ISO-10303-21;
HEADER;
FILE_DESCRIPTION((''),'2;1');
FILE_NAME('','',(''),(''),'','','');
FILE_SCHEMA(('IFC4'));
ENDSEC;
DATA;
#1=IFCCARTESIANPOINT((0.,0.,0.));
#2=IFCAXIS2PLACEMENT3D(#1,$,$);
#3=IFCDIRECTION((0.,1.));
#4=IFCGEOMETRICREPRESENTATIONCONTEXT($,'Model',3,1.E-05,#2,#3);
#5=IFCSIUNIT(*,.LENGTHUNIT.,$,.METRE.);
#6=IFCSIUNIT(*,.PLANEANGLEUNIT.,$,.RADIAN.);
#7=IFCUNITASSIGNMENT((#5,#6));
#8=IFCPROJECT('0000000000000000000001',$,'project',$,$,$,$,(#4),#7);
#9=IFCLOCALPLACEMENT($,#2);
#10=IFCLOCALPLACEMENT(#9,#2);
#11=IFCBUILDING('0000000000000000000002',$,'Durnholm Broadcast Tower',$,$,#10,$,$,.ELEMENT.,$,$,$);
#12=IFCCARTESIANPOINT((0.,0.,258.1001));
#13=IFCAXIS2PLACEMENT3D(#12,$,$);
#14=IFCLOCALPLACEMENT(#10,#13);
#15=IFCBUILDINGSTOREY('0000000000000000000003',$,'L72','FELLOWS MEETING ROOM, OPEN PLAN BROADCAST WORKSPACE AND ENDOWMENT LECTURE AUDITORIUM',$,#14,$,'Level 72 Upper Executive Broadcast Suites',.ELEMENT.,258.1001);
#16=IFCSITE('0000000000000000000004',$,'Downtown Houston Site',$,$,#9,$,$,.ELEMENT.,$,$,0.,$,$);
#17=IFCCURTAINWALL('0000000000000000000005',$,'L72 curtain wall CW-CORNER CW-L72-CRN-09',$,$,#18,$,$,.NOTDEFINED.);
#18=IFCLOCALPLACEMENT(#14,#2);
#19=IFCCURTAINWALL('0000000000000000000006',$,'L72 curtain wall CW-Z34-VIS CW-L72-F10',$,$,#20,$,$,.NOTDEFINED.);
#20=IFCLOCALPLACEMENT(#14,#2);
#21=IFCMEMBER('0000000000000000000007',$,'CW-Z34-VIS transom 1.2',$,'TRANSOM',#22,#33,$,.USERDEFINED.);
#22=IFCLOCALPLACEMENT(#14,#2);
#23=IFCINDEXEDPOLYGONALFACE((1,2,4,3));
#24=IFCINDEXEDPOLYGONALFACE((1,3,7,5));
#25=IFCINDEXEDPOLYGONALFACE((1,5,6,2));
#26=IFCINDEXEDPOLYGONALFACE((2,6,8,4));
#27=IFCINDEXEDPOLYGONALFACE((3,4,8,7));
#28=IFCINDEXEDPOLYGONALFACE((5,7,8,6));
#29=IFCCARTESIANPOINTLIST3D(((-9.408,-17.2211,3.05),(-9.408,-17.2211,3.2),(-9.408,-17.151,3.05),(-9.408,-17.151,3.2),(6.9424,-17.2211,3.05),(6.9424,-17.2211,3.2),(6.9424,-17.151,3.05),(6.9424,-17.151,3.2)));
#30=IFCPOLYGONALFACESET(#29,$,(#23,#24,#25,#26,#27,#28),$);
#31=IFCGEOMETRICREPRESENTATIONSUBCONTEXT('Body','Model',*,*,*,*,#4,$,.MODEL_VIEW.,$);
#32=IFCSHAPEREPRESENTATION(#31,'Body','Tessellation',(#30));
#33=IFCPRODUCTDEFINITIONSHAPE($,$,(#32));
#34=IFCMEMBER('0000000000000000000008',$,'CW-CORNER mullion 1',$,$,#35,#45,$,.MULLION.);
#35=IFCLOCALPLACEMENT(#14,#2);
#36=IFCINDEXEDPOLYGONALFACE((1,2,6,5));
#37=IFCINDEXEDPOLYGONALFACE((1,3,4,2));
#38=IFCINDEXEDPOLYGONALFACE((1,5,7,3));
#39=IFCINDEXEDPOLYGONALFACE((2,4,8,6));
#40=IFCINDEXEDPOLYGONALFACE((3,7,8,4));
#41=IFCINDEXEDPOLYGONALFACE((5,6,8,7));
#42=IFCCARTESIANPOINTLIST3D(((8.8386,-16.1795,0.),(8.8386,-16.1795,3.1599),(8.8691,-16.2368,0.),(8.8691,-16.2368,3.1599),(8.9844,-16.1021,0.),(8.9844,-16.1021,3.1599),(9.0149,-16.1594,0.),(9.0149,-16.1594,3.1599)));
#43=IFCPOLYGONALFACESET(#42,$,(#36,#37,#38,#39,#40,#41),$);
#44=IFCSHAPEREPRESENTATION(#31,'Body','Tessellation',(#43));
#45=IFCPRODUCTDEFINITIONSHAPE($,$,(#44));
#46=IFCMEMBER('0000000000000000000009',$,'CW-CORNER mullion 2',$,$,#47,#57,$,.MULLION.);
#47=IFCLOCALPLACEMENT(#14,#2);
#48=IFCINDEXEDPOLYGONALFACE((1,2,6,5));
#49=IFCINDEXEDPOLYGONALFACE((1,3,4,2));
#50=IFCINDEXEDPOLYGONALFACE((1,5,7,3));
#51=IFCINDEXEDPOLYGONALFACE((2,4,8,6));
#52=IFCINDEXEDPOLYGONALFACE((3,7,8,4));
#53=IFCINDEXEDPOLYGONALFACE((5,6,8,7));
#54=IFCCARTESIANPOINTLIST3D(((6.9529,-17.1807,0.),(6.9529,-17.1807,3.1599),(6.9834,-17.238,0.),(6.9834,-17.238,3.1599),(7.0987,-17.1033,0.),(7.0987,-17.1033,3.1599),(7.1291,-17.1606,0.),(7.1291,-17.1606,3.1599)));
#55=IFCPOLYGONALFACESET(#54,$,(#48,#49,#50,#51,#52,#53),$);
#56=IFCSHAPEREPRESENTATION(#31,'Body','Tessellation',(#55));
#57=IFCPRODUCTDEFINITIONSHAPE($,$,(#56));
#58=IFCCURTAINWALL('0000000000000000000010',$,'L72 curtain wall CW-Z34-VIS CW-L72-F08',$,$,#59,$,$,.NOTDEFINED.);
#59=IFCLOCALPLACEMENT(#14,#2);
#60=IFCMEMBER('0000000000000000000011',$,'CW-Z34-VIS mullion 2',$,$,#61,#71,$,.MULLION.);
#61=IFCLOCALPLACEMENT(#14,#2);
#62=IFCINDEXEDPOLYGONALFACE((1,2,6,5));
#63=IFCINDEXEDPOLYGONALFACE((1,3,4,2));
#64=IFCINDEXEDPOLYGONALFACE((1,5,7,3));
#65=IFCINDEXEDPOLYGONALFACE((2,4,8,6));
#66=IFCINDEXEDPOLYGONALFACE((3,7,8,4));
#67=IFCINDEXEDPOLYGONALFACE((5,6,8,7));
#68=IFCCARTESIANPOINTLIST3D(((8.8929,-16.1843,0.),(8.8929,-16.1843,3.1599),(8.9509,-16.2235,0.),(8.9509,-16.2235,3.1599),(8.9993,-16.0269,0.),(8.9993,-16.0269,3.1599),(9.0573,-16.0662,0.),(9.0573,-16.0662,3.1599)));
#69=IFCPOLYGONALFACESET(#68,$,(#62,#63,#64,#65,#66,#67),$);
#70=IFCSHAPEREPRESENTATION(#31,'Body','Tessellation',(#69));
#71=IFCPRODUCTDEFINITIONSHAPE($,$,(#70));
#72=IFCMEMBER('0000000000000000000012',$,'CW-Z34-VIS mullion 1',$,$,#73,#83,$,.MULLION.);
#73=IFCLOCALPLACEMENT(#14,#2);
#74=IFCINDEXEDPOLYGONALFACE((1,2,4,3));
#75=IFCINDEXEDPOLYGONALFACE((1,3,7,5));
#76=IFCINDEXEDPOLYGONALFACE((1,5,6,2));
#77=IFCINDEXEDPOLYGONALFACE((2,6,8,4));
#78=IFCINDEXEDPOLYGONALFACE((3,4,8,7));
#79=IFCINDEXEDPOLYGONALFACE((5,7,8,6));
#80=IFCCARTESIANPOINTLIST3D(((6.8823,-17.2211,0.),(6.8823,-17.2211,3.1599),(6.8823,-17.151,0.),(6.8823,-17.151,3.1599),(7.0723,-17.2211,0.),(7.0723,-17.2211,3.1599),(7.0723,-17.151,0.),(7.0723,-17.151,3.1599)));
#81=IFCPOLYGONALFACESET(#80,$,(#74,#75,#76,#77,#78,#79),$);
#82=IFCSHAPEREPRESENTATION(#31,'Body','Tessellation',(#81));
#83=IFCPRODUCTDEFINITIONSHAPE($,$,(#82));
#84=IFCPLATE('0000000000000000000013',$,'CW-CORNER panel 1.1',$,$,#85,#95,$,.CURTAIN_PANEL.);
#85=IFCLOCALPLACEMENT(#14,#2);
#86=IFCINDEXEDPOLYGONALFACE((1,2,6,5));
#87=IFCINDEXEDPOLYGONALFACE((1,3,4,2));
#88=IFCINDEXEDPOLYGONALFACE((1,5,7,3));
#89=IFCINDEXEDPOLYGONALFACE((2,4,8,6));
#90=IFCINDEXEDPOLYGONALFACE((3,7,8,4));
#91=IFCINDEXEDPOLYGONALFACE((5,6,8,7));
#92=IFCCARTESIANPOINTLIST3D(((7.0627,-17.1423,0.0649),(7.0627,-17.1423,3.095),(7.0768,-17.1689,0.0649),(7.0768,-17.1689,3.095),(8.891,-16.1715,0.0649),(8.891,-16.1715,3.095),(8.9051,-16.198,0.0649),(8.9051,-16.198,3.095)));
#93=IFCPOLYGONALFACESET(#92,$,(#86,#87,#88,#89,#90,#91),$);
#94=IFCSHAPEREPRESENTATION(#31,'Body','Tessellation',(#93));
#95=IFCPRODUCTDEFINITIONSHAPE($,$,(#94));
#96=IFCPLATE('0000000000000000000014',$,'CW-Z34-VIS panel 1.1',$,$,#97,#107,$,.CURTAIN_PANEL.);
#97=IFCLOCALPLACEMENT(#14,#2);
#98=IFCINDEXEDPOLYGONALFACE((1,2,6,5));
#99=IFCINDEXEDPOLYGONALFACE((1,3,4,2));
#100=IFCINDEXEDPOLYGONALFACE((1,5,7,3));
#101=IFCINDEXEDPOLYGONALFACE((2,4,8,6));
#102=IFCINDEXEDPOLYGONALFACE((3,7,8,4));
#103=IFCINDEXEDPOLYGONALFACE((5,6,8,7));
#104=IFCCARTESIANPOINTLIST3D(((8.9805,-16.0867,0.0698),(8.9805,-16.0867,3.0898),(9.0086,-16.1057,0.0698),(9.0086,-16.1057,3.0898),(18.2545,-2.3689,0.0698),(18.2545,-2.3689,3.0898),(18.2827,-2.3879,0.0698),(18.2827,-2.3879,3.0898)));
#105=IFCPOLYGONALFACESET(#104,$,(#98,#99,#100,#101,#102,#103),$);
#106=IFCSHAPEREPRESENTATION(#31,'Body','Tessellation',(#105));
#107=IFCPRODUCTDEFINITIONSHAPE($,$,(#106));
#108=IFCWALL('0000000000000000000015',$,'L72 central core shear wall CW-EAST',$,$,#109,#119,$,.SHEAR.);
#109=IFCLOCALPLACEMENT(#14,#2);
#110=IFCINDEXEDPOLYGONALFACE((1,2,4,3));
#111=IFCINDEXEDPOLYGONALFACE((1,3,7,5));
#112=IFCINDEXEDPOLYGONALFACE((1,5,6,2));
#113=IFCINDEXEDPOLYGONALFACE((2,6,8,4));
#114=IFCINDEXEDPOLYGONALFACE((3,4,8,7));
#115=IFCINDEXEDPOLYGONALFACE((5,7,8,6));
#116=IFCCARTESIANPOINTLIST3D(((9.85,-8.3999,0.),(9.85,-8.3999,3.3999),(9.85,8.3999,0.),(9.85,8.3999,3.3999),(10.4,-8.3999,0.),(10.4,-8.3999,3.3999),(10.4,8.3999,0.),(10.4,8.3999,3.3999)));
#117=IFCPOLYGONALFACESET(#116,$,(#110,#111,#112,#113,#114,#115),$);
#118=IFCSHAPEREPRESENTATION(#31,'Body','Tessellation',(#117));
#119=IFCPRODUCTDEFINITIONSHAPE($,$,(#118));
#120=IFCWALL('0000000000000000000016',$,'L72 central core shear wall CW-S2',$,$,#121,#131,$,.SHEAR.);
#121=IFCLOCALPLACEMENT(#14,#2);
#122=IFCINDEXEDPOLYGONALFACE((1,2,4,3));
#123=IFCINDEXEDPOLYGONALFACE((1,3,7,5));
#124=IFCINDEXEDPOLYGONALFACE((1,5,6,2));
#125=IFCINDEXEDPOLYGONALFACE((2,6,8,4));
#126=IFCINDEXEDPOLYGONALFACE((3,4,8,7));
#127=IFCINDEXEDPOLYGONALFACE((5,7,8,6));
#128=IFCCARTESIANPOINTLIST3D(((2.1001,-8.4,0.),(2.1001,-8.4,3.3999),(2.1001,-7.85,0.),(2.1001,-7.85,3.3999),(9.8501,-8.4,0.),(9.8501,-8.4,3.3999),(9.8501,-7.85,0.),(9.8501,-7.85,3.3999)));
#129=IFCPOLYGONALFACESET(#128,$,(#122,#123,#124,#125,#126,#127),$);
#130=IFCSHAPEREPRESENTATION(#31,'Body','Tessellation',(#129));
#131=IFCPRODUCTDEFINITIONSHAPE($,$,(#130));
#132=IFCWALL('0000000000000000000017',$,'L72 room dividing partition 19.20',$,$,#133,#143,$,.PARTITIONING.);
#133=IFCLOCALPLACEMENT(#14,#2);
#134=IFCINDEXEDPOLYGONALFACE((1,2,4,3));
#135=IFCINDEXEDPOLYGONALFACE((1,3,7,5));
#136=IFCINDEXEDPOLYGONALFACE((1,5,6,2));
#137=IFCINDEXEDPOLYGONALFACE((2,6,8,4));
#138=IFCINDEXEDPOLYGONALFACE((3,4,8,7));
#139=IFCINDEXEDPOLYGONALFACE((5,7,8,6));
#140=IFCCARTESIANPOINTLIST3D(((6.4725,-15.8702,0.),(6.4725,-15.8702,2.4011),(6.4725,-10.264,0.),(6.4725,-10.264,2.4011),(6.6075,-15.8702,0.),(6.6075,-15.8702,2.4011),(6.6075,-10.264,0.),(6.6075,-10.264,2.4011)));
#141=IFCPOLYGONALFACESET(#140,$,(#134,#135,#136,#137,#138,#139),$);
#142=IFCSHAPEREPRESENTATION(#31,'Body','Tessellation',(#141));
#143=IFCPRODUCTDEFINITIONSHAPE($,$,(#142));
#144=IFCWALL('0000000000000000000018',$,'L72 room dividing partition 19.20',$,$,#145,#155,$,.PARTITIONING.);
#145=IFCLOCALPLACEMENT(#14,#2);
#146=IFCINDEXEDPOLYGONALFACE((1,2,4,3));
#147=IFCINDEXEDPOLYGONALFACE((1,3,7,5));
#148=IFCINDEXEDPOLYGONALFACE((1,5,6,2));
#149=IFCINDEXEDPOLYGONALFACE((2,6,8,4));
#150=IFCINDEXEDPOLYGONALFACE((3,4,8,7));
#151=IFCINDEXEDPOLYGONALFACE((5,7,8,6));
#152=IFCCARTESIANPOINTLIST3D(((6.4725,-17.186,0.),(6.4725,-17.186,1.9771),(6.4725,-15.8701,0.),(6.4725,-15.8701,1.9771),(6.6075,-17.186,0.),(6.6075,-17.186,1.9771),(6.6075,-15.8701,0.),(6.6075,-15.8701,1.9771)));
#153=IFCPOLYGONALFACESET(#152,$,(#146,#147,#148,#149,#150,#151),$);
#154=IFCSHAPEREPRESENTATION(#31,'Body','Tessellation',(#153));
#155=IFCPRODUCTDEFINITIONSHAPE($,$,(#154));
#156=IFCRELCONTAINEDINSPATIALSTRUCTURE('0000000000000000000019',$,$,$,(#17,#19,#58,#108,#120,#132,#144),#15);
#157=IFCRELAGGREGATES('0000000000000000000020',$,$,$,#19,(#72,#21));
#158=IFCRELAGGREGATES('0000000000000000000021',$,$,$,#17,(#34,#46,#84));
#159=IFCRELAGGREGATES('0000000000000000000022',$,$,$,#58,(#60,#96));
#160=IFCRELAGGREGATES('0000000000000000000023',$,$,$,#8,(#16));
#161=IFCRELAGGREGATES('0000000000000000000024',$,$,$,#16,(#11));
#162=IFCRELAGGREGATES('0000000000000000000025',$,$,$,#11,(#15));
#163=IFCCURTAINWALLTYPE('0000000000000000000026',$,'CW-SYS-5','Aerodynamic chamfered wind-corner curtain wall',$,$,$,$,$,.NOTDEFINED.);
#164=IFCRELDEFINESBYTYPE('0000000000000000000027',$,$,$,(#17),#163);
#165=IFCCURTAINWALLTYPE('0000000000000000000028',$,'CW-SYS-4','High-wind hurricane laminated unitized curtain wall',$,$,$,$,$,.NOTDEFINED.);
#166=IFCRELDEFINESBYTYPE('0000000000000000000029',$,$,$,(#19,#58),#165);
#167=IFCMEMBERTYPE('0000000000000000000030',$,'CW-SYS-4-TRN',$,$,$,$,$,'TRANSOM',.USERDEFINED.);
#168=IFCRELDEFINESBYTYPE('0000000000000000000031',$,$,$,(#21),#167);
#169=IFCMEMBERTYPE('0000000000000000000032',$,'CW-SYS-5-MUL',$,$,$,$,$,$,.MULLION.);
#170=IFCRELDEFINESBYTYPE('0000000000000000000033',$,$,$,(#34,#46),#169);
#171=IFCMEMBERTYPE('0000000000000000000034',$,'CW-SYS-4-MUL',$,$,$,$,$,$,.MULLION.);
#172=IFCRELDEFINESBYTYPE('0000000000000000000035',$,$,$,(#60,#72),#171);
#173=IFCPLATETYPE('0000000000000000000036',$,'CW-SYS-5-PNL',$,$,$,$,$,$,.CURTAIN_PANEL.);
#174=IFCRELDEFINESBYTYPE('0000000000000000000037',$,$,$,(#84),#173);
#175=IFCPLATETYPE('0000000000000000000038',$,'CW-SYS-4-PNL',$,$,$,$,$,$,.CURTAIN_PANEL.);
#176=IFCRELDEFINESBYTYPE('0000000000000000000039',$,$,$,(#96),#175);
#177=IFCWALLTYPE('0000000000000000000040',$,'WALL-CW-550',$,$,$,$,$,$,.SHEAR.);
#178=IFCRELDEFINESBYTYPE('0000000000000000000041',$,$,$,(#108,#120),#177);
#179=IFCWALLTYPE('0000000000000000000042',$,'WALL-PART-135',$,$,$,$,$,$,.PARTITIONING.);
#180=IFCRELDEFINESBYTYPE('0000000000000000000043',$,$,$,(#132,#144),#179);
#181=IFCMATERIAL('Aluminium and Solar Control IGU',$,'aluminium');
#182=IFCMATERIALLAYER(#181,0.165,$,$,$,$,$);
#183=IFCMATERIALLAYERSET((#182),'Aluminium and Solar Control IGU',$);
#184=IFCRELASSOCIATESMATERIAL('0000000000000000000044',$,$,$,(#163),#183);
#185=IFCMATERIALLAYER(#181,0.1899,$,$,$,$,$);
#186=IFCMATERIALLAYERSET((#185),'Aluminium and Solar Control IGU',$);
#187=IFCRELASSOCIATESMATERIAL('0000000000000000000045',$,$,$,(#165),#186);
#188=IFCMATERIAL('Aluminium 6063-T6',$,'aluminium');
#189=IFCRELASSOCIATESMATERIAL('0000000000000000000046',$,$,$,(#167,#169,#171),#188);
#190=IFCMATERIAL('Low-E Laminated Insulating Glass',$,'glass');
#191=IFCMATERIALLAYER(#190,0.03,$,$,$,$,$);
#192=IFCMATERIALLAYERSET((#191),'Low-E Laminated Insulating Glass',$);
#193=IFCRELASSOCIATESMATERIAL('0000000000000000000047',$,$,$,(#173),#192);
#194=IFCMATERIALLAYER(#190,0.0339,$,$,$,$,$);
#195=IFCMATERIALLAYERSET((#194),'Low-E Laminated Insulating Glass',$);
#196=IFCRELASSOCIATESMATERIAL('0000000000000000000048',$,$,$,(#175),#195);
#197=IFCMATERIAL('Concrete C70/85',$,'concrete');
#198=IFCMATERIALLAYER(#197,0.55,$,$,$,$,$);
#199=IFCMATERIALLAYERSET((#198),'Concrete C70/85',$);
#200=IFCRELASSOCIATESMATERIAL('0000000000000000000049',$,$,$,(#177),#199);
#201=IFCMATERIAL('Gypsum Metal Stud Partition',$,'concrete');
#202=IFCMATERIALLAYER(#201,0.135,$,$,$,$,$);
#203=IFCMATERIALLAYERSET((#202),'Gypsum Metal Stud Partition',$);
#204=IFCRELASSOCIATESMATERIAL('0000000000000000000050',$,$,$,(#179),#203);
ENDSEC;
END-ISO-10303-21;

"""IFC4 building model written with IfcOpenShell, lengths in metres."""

from ifc_helpers import new_model, si_unit, direction, frame, frame_2d, origin, origin_2d, place, context, subcontext, project, spatial, rectangle, extrude, source, transform, mapped, material, layer, layer_set, material_profile, profile_set, type_object, type_shapes, element, aggregate, save


model = new_model("IFC4")

# Units and contexts
model_context = context("Model", 3, precision=1e-05, world=origin(), true_north=direction((0.0, 1.0)))
body_context = subcontext(model_context, "Body", "Model", "MODEL_VIEW")
ifc_project = project(units=[si_unit("LENGTHUNIT", "METRE"), si_unit("PLANEANGLEUNIT", "RADIAN")], contexts=[model_context])

# Site, building, storey
site_placement = place(None, origin())
site = spatial("IfcSite", under=ifc_project, at=site_placement, Name="Downtown Houston Site", CompositionType="ELEMENT", RefElevation=0.0)
building_placement = place(site_placement, origin())
building = spatial("IfcBuilding", under=site, at=building_placement, Name="Durnholm Broadcast Tower", CompositionType="ELEMENT")
storey_placement = place(building_placement, frame((0.0, 0.0, 258.1001)))
storey = spatial("IfcBuildingStorey", under=building, at=storey_placement, Name="L72", Description="FELLOWS MEETING ROOM, OPEN PLAN BROADCAST WORKSPACE AND ENDOWMENT LECTURE AUDITORIUM", LongName="Level 72 Upper Executive Broadcast Suites", CompositionType="ELEMENT", Elevation=258.1001)

# Shared definitions
ifc_material_1 = material(Name="Concrete C70/85", Category="concrete")

# Curtain walls, member
ifc_material_2 = material(Name="Aluminium and Solar Control IGU", Category="aluminium")
ifc_layer_1 = layer(ifc_material_2, 0.165)
ifc_layer_set_1 = layer_set([ifc_layer_1], Name="Aluminium and Solar Control IGU")
curtain_wall_type_1 = type_object("IfcCurtainWallType", Name="CW-SYS-5", Description="Aerodynamic chamfered wind-corner curtain wall", PredefinedType="NOTDEFINED", material=ifc_layer_set_1)
curtain_wall_1_placement = place(storey_placement, origin())
curtain_wall_1 = element("IfcCurtainWall", 1, at=curtain_wall_1_placement, inside=storey, type_object=curtain_wall_type_1, Name="L72 curtain wall CW-CORNER CW-L72-CRN-09", PredefinedType="NOTDEFINED")
ifc_material_3 = material(Name="Aluminium 6063-T6", Category="aluminium")
ifc_layer_2 = layer(ifc_material_2, 0.1899)
ifc_layer_set_2 = layer_set([ifc_layer_2], Name="Aluminium and Solar Control IGU")
curtain_wall_type_2 = type_object("IfcCurtainWallType", Name="CW-SYS-4", Description="High-wind hurricane laminated unitized curtain wall", PredefinedType="NOTDEFINED", material=ifc_layer_set_2)
curtain_wall_2_placement = place(storey_placement, origin())
curtain_wall_2 = element("IfcCurtainWall", 2, at=curtain_wall_2_placement, inside=storey, type_object=curtain_wall_type_2, Name="L72 curtain wall CW-Z34-VIS CW-L72-F10", PredefinedType="NOTDEFINED")
ifc_material_profile_1 = material_profile(ifc_material_3, rectangle(XDim=0.0701, YDim=0.1499, at=origin_2d()), Name="CWT70X150")
ifc_profile_set_1 = profile_set([ifc_material_profile_1], Name="Aluminium 6063-T6")
member_type_1 = type_object("IfcMemberType", Name="CW-SYS-4-TRN", ElementType="TRANSOM", PredefinedType="USERDEFINED", material=ifc_profile_set_1)
shared_shape_1 = source(origin(), body_context, "Body", "SweptSolid", [
    extrude(rectangle(XDim=0.0701, YDim=0.1499, at=origin_2d()), origin(), (0.0, 0.0, 1.0), 16.3503),
])
type_shapes(member_type_1, [shared_shape_1])
member_1_placement = place(storey_placement, frame((6.9424, -17.186, 3.125), z_axis=(-1.0, 0.0, 0.0), x_axis=(0.0, -1.0, 0.0)))
member_1 = element("IfcMember", 3, at=member_1_placement, type_object=member_type_1, Name="CW-Z34-VIS transom 1.2", ObjectType="TRANSOM", PredefinedType="USERDEFINED", context=body_context, shape_type="MappedRepresentation", body=[
    mapped(shared_shape_1, transform((0.0, 0.0, 0.0), x_axis=(1.0, 0.0, 0.0), y_axis=(0.0, 1.0, 0.0), z_axis=(0.0, 0.0, 1.0), scale=1.0)),
])

# Members
ifc_material_profile_2 = material_profile(ifc_material_3, rectangle(XDim=0.0649, YDim=0.165, at=origin_2d()), Name="CWM65X165")
ifc_profile_set_2 = profile_set([ifc_material_profile_2], Name="Aluminium 6063-T6")
member_type_2 = type_object("IfcMemberType", Name="CW-SYS-5-MUL", PredefinedType="MULLION", material=ifc_profile_set_2)
shared_shape_2 = source(origin(), body_context, "Body", "SweptSolid", [
    extrude(rectangle(XDim=0.0649, YDim=0.165, at=origin_2d()), origin(), (0.0, 0.0, 1.0), 3.1599),
])
type_shapes(member_type_2, [shared_shape_2])
member_2_placement = place(storey_placement, frame((8.9268, -16.1694, 0.0), z_axis=(0.0, 0.0, 1.0), x_axis=(0.469007, -0.883195, 0.0)))
member_2 = element("IfcMember", 4, at=member_2_placement, type_object=member_type_2, Name="CW-CORNER mullion 1", PredefinedType="MULLION", context=body_context, shape_type="MappedRepresentation", body=[
    mapped(shared_shape_2, transform((0.0, 0.0, 0.0), x_axis=(1.0, 0.0, 0.0), y_axis=(0.0, 1.0, 0.0), z_axis=(0.0, 0.0, 1.0), scale=1.0)),
])
member_3_placement = place(storey_placement, frame((7.041, -17.1707, 0.0), z_axis=(0.0, 0.0, 1.0), x_axis=(0.469007, -0.883195, 0.0)))
member_3 = element("IfcMember", 5, at=member_3_placement, type_object=member_type_2, Name="CW-CORNER mullion 2", PredefinedType="MULLION", context=body_context, shape_type="MappedRepresentation", body=[
    mapped(shared_shape_2, transform((0.0, 0.0, 0.0), x_axis=(1.0, 0.0, 0.0), y_axis=(0.0, 1.0, 0.0), z_axis=(0.0, 0.0, 1.0), scale=1.0)),
])

# Curtain wall, member
curtain_wall_3_placement = place(storey_placement, origin())
curtain_wall_3 = element("IfcCurtainWall", 6, at=curtain_wall_3_placement, inside=storey, type_object=curtain_wall_type_2, Name="L72 curtain wall CW-Z34-VIS CW-L72-F08", PredefinedType="NOTDEFINED")
ifc_material_profile_3 = material_profile(ifc_material_3, rectangle(XDim=0.0701, YDim=0.1899, at=origin_2d()), Name="CWM70X190")
ifc_profile_set_3 = profile_set([ifc_material_profile_3], Name="Aluminium 6063-T6")
member_type_3 = type_object("IfcMemberType", Name="CW-SYS-4-MUL", PredefinedType="MULLION", material=ifc_profile_set_3)
shared_shape_3 = source(origin(), body_context, "Body", "SweptSolid", [
    extrude(rectangle(XDim=0.0701, YDim=0.1899, at=origin_2d()), origin(), (0.0, 0.0, 1.0), 3.1599),
])
type_shapes(member_type_3, [shared_shape_3])
member_4_placement = place(storey_placement, frame((8.9751, -16.1252, 0.0), z_axis=(0.0, 0.0, 1.0), x_axis=(0.828443, -0.560073, 0.0)))
member_4 = element("IfcMember", 7, at=member_4_placement, type_object=member_type_3, Name="CW-Z34-VIS mullion 2", PredefinedType="MULLION", context=body_context, shape_type="MappedRepresentation", body=[
    mapped(shared_shape_3, transform((0.0, 0.0, 0.0), x_axis=(1.0, 0.0, 0.0), y_axis=(0.0, 1.0, 0.0), z_axis=(0.0, 0.0, 1.0), scale=1.0)),
])

# Member
member_5_placement = place(storey_placement, frame((6.9773, -17.186, 0.0), z_axis=(0.0, 0.0, 1.0), x_axis=(0.0, -1.0, 0.0)))
member_5 = element("IfcMember", 8, at=member_5_placement, type_object=member_type_3, Name="CW-Z34-VIS mullion 1", PredefinedType="MULLION", context=body_context, shape_type="MappedRepresentation", body=[
    mapped(shared_shape_3, transform((0.0, 0.0, 0.0), x_axis=(1.0, 0.0, 0.0), y_axis=(0.0, 1.0, 0.0), z_axis=(0.0, 0.0, 1.0), scale=1.0)),
])
aggregate(curtain_wall_2, [member_5, member_1])

# Plates
ifc_material_4 = material(Name="Low-E Laminated Insulating Glass", Category="glass")
ifc_layer_3 = layer(ifc_material_4, 0.03)
ifc_layer_set_3 = layer_set([ifc_layer_3], Name="Low-E Laminated Insulating Glass")
plate_type_1 = type_object("IfcPlateType", Name="CW-SYS-5-PNL", PredefinedType="CURTAIN_PANEL", material=ifc_layer_set_3)
shared_shape_4 = source(origin(), body_context, "Body", "SweptSolid", [
    extrude(rectangle(XDim=2.0701, YDim=0.03, at=origin_2d()), origin(), (0.0, 0.0, 1.0), 3.03),
])
type_shapes(plate_type_1, [shared_shape_4])
plate_1_placement = place(storey_placement, frame((7.9839, -16.6702, 0.0649), z_axis=(0.0, 0.0, 1.0), x_axis=(-0.883195, -0.469007, 0.0)))
plate_1 = element("IfcPlate", 9, at=plate_1_placement, type_object=plate_type_1, Name="CW-CORNER panel 1.1", PredefinedType="CURTAIN_PANEL", context=body_context, shape_type="MappedRepresentation", body=[
    mapped(shared_shape_4, transform((0.0, 0.0, 0.0), x_axis=(1.0, 0.0, 0.0), y_axis=(0.0, 1.0, 0.0), z_axis=(0.0, 0.0, 1.0), scale=1.0)),
])
aggregate(curtain_wall_1, [member_2, member_3, plate_1])
ifc_layer_4 = layer(ifc_material_4, 0.0339)
ifc_layer_set_4 = layer_set([ifc_layer_4], Name="Low-E Laminated Insulating Glass")
plate_type_2 = type_object("IfcPlateType", Name="CW-SYS-4-PNL", PredefinedType="CURTAIN_PANEL", material=ifc_layer_set_4)
shared_shape_5 = source(origin(), body_context, "Body", "SweptSolid", [
    extrude(rectangle(XDim=16.5586, YDim=0.0339, at=origin_2d()), origin(), (0.0, 0.0, 1.0), 3.02),
])
type_shapes(plate_type_2, [shared_shape_5])
plate_2_placement = place(storey_placement, frame((13.6316, -9.2373, 0.0698), z_axis=(0.0, 0.0, 1.0), x_axis=(-0.560073, -0.828443, 0.0)))
plate_2 = element("IfcPlate", 10, at=plate_2_placement, type_object=plate_type_2, Name="CW-Z34-VIS panel 1.1", PredefinedType="CURTAIN_PANEL", context=body_context, shape_type="MappedRepresentation", body=[
    mapped(shared_shape_5, transform((0.0, 0.0, 0.0), x_axis=(1.0, 0.0, 0.0), y_axis=(0.0, 1.0, 0.0), z_axis=(0.0, 0.0, 1.0), scale=1.0)),
])
aggregate(curtain_wall_3, [member_4, plate_2])

# Walls
ifc_layer_5 = layer(ifc_material_1, 0.55)
ifc_layer_set_5 = layer_set([ifc_layer_5], Name="Concrete C70/85")
wall_type_1 = type_object("IfcWallType", Name="WALL-CW-550", PredefinedType="SHEAR", material=ifc_layer_set_5)
wall_1_placement = place(storey_placement, frame((10.125, -8.3999, 0.0), z_axis=(0.0, 0.0, 1.0), x_axis=(0.0, 1.0, 0.0)))
element("IfcWall", 11, at=wall_1_placement, inside=storey, type_object=wall_type_1, Name="L72 central core shear wall CW-EAST", PredefinedType="SHEAR", context=body_context, shape_type="SweptSolid", body=[
    extrude(rectangle(XDim=16.7998, YDim=0.55, at=frame_2d((8.3999, 0.0))), origin(), (0.0, 0.0, 1.0), 3.3999),
])
wall_2_placement = place(storey_placement, frame((2.1001, -8.125, 0.0), z_axis=(0.0, 0.0, 1.0), x_axis=(1.0, 0.0, 0.0)))
element("IfcWall", 12, at=wall_2_placement, inside=storey, type_object=wall_type_1, Name="L72 central core shear wall CW-S2", PredefinedType="SHEAR", context=body_context, shape_type="SweptSolid", body=[
    extrude(rectangle(XDim=7.75, YDim=0.55, at=frame_2d((3.875, 0.0))), origin(), (0.0, 0.0, 1.0), 3.3999),
])
ifc_material_5 = material(Name="Gypsum Metal Stud Partition", Category="concrete")
ifc_layer_6 = layer(ifc_material_5, 0.135)
ifc_layer_set_6 = layer_set([ifc_layer_6], Name="Gypsum Metal Stud Partition")
wall_type_2 = type_object("IfcWallType", Name="WALL-PART-135", PredefinedType="PARTITIONING", material=ifc_layer_set_6)
wall_3_placement = place(storey_placement, frame((6.54, -10.2639, 0.0), z_axis=(0.0, 0.0, 1.0), x_axis=(0.0, -1.0, 0.0)))
element("IfcWall", 13, at=wall_3_placement, inside=storey, type_object=wall_type_2, Name="L72 room dividing partition 19.20", PredefinedType="PARTITIONING", context=body_context, shape_type="SweptSolid", body=[
    extrude(rectangle(XDim=5.6062, YDim=0.135, at=frame_2d((2.8032, 0.0))), origin(), (0.0, 0.0, 1.0), 2.4011),
])
wall_4_placement = place(storey_placement, frame((6.54, -15.8701, 0.0), z_axis=(0.0, 0.0, 1.0), x_axis=(0.0, -1.0, 0.0)))
element("IfcWall", 14, at=wall_4_placement, inside=storey, type_object=wall_type_2, Name="L72 room dividing partition 19.20", PredefinedType="PARTITIONING", context=body_context, shape_type="SweptSolid", body=[
    extrude(rectangle(XDim=1.3159, YDim=0.135, at=frame_2d((0.658, 0.0))), origin(), (0.0, 0.0, 1.0), 1.9771),
])

save(model, "model.ifc")
